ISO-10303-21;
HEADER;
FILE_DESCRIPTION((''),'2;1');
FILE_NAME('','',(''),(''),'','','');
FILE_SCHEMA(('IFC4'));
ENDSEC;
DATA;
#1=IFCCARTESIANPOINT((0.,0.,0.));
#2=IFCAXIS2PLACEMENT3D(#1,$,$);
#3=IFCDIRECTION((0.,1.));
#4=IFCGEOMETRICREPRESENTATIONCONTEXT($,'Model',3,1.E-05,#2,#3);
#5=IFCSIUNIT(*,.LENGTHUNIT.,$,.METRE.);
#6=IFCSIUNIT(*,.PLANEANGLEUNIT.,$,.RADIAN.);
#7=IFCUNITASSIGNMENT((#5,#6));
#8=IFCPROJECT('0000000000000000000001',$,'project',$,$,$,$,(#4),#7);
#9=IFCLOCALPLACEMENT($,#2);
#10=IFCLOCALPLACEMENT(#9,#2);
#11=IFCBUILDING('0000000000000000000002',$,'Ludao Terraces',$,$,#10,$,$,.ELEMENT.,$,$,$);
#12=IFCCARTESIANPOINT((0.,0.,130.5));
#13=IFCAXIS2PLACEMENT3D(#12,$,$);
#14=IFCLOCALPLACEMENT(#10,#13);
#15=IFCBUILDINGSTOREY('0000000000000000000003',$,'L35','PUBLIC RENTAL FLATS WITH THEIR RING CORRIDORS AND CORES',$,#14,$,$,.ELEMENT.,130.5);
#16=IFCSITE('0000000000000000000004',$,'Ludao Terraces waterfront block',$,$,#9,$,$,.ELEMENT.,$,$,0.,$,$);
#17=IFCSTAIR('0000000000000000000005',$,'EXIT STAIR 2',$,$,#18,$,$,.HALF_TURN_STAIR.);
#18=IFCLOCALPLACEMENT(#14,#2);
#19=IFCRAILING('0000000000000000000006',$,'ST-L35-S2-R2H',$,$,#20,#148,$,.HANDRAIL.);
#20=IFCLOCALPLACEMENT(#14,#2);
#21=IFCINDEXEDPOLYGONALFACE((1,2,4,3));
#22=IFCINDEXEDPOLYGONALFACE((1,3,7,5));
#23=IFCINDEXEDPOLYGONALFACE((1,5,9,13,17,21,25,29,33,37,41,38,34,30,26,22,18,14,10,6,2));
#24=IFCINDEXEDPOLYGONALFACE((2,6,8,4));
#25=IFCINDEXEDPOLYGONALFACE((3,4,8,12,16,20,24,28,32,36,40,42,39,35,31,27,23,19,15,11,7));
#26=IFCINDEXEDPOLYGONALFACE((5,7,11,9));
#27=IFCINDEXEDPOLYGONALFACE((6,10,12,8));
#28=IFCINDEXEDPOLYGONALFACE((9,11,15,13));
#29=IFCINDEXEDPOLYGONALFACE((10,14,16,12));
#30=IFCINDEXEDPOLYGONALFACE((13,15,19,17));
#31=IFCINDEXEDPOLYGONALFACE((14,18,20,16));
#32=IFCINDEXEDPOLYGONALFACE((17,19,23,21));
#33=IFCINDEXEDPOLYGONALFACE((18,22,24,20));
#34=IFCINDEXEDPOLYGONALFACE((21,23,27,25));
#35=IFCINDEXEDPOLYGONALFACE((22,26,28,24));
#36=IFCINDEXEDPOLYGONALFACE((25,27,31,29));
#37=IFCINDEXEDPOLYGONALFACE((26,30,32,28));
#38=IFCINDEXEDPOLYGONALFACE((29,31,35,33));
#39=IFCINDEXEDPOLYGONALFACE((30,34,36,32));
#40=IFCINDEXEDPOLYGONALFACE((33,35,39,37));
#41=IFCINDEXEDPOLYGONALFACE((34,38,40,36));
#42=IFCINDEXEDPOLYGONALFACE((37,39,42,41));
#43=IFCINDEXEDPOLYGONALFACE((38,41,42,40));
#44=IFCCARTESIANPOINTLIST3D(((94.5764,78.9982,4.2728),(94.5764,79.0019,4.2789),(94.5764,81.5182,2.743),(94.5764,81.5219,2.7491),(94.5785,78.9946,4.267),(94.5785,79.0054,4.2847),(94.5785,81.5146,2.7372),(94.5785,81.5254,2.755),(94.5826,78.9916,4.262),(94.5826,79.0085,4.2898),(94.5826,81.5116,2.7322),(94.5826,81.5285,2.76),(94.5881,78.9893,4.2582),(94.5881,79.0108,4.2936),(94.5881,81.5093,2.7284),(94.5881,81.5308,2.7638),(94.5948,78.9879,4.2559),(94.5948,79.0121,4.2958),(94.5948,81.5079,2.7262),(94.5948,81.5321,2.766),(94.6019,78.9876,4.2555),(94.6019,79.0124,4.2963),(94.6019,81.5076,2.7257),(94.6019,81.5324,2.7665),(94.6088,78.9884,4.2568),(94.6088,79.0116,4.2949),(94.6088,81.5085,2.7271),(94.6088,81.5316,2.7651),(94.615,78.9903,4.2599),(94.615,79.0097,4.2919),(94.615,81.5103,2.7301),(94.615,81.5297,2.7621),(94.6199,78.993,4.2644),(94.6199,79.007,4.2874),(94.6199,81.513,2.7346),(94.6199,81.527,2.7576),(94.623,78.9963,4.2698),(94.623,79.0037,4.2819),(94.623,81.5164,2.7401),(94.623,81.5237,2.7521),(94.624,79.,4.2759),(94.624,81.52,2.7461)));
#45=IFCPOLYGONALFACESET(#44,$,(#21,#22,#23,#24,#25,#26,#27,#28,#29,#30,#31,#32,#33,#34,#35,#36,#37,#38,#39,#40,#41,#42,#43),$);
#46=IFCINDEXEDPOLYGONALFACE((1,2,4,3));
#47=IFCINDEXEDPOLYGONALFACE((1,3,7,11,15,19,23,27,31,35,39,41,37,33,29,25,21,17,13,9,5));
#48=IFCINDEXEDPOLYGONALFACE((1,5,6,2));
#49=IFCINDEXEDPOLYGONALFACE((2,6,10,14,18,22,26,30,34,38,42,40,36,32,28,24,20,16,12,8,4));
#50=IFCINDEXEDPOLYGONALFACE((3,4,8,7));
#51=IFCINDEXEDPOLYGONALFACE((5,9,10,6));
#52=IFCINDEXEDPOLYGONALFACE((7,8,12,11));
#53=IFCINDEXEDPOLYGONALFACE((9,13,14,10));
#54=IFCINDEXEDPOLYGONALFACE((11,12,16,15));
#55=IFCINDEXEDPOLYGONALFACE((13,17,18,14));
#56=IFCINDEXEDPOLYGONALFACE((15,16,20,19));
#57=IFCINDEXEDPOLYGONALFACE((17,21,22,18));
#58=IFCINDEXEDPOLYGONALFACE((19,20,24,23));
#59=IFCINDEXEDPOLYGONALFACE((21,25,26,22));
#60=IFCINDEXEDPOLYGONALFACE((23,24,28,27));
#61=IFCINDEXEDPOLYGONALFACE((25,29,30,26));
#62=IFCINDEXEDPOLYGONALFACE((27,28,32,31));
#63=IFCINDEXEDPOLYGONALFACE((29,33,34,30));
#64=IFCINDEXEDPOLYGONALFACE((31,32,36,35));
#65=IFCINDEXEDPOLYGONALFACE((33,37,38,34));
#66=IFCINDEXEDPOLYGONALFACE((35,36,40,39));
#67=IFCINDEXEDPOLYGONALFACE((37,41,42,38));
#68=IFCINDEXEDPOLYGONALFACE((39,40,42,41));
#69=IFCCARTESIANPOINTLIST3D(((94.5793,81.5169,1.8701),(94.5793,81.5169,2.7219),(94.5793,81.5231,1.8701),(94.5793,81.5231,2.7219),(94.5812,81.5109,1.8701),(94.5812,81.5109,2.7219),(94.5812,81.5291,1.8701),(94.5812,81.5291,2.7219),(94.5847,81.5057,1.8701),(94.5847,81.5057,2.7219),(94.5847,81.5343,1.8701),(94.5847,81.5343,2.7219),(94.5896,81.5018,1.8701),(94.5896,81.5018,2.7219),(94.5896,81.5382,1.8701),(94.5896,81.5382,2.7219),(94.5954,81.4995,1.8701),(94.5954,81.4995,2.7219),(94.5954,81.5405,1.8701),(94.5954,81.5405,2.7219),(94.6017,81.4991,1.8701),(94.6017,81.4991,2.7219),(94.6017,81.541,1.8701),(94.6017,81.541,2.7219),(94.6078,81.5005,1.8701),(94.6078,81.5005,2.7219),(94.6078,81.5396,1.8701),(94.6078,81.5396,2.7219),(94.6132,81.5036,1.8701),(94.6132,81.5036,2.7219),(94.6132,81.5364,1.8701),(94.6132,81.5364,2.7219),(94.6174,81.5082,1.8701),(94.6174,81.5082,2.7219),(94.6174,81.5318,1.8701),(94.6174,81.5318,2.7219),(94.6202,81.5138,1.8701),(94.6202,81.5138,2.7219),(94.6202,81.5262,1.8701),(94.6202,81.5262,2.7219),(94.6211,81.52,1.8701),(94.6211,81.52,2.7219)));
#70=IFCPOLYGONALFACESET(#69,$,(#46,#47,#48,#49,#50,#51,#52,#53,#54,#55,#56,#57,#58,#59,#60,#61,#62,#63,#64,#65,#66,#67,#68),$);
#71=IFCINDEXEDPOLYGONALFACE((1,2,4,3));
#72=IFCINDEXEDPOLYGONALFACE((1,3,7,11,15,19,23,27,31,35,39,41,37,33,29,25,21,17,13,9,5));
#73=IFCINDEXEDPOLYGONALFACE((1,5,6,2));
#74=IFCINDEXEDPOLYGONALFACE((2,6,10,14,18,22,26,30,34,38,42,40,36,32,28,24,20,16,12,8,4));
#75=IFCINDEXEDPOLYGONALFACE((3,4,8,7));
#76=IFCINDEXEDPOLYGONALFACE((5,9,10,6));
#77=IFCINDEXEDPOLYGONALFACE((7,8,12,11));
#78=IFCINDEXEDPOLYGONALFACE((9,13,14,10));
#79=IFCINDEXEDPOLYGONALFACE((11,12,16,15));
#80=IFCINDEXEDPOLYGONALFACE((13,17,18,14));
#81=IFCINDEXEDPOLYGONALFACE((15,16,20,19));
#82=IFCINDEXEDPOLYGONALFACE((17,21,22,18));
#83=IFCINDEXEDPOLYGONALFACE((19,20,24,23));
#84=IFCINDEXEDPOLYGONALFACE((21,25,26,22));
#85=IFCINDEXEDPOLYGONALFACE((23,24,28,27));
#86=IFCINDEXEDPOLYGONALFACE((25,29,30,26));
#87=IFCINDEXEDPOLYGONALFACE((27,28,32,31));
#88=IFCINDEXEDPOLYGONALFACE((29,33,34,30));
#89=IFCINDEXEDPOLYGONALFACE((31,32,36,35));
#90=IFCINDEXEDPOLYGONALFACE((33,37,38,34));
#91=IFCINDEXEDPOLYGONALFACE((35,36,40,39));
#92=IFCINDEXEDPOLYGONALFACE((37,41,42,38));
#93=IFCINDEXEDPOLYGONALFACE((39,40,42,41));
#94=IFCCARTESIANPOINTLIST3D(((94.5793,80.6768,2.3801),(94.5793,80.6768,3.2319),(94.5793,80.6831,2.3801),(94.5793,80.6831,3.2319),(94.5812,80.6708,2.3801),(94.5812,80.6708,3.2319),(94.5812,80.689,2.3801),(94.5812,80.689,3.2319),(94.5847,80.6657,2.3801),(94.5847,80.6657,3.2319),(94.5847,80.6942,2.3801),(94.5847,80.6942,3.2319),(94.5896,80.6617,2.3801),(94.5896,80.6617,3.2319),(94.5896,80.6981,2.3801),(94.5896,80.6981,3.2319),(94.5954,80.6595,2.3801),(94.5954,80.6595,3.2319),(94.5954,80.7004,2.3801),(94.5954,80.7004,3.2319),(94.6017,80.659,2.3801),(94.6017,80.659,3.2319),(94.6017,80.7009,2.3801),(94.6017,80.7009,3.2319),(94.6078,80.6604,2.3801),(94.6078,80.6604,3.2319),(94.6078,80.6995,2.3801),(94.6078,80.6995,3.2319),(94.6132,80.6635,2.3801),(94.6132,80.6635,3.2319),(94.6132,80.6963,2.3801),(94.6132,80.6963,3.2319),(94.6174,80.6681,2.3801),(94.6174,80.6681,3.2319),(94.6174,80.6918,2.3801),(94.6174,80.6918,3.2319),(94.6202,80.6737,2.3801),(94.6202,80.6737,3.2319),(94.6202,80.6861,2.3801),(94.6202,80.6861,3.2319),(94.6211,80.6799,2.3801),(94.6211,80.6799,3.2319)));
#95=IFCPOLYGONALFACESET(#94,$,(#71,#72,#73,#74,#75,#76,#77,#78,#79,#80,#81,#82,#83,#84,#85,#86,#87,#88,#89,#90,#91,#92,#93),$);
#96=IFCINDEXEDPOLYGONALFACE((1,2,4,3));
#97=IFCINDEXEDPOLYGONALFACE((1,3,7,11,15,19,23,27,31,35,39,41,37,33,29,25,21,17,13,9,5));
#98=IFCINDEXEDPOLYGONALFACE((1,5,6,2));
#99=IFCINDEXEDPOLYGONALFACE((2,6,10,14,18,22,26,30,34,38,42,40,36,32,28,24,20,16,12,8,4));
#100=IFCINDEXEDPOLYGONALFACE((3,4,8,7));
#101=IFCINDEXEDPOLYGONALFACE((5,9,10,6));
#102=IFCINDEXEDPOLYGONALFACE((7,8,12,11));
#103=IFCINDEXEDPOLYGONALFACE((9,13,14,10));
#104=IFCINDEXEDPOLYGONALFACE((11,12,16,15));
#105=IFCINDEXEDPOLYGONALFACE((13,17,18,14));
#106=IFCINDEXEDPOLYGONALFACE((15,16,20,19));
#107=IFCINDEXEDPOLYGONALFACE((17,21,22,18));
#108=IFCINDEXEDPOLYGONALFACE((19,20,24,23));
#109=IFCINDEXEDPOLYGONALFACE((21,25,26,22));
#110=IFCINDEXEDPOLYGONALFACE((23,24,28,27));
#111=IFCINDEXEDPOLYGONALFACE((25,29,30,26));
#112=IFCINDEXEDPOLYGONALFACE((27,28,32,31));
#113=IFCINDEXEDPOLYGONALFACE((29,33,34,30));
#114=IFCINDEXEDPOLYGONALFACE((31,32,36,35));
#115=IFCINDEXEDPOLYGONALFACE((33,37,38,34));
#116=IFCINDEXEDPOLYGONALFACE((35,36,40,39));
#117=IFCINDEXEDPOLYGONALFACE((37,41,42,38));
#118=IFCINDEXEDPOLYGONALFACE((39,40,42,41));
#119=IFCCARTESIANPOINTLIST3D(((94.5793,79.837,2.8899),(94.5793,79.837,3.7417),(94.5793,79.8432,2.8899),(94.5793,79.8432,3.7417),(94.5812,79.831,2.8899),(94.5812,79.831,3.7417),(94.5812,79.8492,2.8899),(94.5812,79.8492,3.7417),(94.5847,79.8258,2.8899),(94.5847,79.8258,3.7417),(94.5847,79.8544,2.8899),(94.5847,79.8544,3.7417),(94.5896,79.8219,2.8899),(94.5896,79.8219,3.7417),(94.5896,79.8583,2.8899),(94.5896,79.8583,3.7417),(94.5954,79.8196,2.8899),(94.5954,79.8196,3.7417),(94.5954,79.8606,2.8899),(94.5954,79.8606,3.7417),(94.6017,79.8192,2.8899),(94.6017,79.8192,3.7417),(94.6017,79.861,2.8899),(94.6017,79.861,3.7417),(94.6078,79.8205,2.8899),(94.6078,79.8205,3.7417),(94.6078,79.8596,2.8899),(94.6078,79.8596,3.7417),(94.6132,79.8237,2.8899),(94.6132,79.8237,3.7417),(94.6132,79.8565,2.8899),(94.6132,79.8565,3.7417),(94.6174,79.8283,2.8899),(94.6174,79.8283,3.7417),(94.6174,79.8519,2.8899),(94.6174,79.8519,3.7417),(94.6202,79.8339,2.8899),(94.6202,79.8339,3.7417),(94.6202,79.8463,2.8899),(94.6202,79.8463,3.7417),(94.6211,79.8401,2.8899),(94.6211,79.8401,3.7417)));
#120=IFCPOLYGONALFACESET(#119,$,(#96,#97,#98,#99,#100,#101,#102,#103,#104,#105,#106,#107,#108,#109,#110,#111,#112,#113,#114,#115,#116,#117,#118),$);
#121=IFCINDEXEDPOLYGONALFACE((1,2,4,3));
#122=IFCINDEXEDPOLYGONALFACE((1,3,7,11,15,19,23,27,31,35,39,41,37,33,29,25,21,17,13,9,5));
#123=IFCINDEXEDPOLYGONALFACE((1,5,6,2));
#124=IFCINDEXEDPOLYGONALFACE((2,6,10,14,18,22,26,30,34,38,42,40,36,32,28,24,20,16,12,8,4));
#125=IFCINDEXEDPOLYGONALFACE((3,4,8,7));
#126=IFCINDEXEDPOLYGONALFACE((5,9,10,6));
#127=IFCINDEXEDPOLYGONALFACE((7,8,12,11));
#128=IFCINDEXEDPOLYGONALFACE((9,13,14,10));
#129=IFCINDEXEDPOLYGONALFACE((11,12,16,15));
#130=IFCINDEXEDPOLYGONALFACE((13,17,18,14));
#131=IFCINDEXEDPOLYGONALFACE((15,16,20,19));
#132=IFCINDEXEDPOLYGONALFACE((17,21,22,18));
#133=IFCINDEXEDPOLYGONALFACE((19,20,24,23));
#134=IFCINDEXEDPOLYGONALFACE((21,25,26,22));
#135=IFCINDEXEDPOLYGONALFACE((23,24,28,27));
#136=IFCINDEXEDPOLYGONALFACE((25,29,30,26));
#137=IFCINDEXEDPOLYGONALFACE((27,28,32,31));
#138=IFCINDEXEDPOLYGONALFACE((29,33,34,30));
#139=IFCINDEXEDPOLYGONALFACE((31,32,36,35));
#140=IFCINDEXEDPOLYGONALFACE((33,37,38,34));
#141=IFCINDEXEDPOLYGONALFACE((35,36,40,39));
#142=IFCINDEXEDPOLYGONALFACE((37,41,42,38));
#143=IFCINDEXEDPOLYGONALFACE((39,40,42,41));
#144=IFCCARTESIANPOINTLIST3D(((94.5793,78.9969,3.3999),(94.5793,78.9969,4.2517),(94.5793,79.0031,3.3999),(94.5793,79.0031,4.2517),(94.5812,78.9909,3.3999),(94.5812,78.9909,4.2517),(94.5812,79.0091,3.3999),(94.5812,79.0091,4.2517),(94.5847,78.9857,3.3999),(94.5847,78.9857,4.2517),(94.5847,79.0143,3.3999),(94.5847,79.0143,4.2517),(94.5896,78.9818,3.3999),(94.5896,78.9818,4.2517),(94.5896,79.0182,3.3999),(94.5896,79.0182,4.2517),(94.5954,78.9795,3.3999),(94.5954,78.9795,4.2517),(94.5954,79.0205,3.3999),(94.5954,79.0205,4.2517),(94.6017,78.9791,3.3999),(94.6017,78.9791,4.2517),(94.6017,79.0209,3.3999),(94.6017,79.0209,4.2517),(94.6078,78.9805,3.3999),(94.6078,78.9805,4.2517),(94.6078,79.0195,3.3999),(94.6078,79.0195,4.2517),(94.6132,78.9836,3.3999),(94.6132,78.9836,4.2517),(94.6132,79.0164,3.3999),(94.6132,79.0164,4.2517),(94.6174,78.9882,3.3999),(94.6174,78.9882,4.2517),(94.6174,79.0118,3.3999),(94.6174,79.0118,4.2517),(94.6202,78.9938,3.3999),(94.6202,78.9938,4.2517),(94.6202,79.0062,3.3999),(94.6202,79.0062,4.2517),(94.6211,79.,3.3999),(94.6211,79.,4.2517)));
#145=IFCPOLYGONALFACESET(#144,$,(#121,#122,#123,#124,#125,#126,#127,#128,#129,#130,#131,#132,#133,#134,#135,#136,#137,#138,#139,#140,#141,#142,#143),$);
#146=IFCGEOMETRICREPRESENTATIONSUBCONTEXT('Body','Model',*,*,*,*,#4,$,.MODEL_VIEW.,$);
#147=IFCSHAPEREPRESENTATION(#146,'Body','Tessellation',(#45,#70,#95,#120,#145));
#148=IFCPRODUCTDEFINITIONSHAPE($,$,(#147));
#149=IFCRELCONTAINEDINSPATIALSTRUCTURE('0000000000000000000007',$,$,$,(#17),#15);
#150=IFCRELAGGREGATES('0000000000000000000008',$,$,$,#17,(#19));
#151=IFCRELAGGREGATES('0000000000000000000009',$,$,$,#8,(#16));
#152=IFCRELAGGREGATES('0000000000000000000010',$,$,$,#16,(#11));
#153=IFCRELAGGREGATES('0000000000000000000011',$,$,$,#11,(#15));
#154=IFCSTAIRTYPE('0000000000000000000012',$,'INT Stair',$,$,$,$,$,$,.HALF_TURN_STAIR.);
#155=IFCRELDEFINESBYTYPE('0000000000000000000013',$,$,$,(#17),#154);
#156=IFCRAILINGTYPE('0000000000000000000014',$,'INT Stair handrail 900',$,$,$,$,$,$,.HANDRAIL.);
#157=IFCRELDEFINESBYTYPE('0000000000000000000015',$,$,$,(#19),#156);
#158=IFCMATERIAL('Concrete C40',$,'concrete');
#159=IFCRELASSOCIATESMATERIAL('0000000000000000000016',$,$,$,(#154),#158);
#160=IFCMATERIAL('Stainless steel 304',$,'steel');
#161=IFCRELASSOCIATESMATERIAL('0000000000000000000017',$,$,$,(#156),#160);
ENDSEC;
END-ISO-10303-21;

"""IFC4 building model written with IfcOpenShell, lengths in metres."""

from ifc_helpers import new_model, si_unit, direction, frame, origin, origin_2d, place, context, subcontext, project, spatial, circle, extrude, material, type_object, element, aggregate, save


model = new_model("IFC4")

# Units and contexts
model_context = context("Model", 3, precision=1e-05, world=origin(), true_north=direction((0.0, 1.0)))
body_context = subcontext(model_context, "Body", "Model", "MODEL_VIEW")
ifc_project = project(units=[si_unit("LENGTHUNIT", "METRE"), si_unit("PLANEANGLEUNIT", "RADIAN")], contexts=[model_context])

# Site, building, storey
site_placement = place(None, origin())
site = spatial("IfcSite", under=ifc_project, at=site_placement, Name="Ludao Terraces waterfront block", CompositionType="ELEMENT", RefElevation=0.0)
building_placement = place(site_placement, origin())
building = spatial("IfcBuilding", under=site, at=building_placement, Name="Ludao Terraces", CompositionType="ELEMENT")
storey_placement = place(building_placement, frame((0.0, 0.0, 130.5)))
storey = spatial("IfcBuildingStorey", under=building, at=storey_placement, Name="L35", Description="PUBLIC RENTAL FLATS WITH THEIR RING CORRIDORS AND CORES", CompositionType="ELEMENT", Elevation=130.5)

# Stair, railing
ifc_material_1 = material(Name="Concrete C40", Category="concrete")
stair_type = type_object("IfcStairType", Name="INT Stair", PredefinedType="HALF_TURN_STAIR", material=ifc_material_1)
stair_placement = place(storey_placement, origin())
stair = element("IfcStair", 1, at=stair_placement, inside=storey, type_object=stair_type, Name="EXIT STAIR 2", PredefinedType="HALF_TURN_STAIR")
ifc_material_2 = material(Name="Stainless steel 304", Category="steel")
railing_type_1 = type_object("IfcRailingType", Name="INT Stair handrail 900", PredefinedType="HANDRAIL", material=ifc_material_2)
railing_1_placement = place(storey_placement, frame((94.6001, 81.52, 1.8701)))
railing_1 = element("IfcRailing", 2, at=railing_1_placement, type_object=railing_type_1, Name="ST-L35-S2-R2H", PredefinedType="HANDRAIL", context=body_context, shape_type="SweptSolid", body=[
    extrude(circle(Radius=0.0239, at=origin_2d()), frame((0.0, 0.0, 0.876), z_axis=(0.0, -0.854822, 0.518922), x_axis=(1.0, 0.0, 0.0)), (0.0, 0.0, 1.0), 2.948),
    extrude(circle(Radius=0.021, at=origin_2d()), origin(), (0.0, 0.0, 1.0), 0.8518),
    extrude(circle(Radius=0.021, at=origin_2d()), frame((0.0, -0.8401, 0.51)), (0.0, 0.0, 1.0), 0.8518),
    extrude(circle(Radius=0.021, at=origin_2d()), frame((0.0, -1.6799, 1.0198)), (0.0, 0.0, 1.0), 0.8518),
    extrude(circle(Radius=0.021, at=origin_2d()), frame((0.0, -2.52, 1.5298)), (0.0, 0.0, 1.0), 0.8518),
])
aggregate(stair, [railing_1])

save(model, "model.ifc")
